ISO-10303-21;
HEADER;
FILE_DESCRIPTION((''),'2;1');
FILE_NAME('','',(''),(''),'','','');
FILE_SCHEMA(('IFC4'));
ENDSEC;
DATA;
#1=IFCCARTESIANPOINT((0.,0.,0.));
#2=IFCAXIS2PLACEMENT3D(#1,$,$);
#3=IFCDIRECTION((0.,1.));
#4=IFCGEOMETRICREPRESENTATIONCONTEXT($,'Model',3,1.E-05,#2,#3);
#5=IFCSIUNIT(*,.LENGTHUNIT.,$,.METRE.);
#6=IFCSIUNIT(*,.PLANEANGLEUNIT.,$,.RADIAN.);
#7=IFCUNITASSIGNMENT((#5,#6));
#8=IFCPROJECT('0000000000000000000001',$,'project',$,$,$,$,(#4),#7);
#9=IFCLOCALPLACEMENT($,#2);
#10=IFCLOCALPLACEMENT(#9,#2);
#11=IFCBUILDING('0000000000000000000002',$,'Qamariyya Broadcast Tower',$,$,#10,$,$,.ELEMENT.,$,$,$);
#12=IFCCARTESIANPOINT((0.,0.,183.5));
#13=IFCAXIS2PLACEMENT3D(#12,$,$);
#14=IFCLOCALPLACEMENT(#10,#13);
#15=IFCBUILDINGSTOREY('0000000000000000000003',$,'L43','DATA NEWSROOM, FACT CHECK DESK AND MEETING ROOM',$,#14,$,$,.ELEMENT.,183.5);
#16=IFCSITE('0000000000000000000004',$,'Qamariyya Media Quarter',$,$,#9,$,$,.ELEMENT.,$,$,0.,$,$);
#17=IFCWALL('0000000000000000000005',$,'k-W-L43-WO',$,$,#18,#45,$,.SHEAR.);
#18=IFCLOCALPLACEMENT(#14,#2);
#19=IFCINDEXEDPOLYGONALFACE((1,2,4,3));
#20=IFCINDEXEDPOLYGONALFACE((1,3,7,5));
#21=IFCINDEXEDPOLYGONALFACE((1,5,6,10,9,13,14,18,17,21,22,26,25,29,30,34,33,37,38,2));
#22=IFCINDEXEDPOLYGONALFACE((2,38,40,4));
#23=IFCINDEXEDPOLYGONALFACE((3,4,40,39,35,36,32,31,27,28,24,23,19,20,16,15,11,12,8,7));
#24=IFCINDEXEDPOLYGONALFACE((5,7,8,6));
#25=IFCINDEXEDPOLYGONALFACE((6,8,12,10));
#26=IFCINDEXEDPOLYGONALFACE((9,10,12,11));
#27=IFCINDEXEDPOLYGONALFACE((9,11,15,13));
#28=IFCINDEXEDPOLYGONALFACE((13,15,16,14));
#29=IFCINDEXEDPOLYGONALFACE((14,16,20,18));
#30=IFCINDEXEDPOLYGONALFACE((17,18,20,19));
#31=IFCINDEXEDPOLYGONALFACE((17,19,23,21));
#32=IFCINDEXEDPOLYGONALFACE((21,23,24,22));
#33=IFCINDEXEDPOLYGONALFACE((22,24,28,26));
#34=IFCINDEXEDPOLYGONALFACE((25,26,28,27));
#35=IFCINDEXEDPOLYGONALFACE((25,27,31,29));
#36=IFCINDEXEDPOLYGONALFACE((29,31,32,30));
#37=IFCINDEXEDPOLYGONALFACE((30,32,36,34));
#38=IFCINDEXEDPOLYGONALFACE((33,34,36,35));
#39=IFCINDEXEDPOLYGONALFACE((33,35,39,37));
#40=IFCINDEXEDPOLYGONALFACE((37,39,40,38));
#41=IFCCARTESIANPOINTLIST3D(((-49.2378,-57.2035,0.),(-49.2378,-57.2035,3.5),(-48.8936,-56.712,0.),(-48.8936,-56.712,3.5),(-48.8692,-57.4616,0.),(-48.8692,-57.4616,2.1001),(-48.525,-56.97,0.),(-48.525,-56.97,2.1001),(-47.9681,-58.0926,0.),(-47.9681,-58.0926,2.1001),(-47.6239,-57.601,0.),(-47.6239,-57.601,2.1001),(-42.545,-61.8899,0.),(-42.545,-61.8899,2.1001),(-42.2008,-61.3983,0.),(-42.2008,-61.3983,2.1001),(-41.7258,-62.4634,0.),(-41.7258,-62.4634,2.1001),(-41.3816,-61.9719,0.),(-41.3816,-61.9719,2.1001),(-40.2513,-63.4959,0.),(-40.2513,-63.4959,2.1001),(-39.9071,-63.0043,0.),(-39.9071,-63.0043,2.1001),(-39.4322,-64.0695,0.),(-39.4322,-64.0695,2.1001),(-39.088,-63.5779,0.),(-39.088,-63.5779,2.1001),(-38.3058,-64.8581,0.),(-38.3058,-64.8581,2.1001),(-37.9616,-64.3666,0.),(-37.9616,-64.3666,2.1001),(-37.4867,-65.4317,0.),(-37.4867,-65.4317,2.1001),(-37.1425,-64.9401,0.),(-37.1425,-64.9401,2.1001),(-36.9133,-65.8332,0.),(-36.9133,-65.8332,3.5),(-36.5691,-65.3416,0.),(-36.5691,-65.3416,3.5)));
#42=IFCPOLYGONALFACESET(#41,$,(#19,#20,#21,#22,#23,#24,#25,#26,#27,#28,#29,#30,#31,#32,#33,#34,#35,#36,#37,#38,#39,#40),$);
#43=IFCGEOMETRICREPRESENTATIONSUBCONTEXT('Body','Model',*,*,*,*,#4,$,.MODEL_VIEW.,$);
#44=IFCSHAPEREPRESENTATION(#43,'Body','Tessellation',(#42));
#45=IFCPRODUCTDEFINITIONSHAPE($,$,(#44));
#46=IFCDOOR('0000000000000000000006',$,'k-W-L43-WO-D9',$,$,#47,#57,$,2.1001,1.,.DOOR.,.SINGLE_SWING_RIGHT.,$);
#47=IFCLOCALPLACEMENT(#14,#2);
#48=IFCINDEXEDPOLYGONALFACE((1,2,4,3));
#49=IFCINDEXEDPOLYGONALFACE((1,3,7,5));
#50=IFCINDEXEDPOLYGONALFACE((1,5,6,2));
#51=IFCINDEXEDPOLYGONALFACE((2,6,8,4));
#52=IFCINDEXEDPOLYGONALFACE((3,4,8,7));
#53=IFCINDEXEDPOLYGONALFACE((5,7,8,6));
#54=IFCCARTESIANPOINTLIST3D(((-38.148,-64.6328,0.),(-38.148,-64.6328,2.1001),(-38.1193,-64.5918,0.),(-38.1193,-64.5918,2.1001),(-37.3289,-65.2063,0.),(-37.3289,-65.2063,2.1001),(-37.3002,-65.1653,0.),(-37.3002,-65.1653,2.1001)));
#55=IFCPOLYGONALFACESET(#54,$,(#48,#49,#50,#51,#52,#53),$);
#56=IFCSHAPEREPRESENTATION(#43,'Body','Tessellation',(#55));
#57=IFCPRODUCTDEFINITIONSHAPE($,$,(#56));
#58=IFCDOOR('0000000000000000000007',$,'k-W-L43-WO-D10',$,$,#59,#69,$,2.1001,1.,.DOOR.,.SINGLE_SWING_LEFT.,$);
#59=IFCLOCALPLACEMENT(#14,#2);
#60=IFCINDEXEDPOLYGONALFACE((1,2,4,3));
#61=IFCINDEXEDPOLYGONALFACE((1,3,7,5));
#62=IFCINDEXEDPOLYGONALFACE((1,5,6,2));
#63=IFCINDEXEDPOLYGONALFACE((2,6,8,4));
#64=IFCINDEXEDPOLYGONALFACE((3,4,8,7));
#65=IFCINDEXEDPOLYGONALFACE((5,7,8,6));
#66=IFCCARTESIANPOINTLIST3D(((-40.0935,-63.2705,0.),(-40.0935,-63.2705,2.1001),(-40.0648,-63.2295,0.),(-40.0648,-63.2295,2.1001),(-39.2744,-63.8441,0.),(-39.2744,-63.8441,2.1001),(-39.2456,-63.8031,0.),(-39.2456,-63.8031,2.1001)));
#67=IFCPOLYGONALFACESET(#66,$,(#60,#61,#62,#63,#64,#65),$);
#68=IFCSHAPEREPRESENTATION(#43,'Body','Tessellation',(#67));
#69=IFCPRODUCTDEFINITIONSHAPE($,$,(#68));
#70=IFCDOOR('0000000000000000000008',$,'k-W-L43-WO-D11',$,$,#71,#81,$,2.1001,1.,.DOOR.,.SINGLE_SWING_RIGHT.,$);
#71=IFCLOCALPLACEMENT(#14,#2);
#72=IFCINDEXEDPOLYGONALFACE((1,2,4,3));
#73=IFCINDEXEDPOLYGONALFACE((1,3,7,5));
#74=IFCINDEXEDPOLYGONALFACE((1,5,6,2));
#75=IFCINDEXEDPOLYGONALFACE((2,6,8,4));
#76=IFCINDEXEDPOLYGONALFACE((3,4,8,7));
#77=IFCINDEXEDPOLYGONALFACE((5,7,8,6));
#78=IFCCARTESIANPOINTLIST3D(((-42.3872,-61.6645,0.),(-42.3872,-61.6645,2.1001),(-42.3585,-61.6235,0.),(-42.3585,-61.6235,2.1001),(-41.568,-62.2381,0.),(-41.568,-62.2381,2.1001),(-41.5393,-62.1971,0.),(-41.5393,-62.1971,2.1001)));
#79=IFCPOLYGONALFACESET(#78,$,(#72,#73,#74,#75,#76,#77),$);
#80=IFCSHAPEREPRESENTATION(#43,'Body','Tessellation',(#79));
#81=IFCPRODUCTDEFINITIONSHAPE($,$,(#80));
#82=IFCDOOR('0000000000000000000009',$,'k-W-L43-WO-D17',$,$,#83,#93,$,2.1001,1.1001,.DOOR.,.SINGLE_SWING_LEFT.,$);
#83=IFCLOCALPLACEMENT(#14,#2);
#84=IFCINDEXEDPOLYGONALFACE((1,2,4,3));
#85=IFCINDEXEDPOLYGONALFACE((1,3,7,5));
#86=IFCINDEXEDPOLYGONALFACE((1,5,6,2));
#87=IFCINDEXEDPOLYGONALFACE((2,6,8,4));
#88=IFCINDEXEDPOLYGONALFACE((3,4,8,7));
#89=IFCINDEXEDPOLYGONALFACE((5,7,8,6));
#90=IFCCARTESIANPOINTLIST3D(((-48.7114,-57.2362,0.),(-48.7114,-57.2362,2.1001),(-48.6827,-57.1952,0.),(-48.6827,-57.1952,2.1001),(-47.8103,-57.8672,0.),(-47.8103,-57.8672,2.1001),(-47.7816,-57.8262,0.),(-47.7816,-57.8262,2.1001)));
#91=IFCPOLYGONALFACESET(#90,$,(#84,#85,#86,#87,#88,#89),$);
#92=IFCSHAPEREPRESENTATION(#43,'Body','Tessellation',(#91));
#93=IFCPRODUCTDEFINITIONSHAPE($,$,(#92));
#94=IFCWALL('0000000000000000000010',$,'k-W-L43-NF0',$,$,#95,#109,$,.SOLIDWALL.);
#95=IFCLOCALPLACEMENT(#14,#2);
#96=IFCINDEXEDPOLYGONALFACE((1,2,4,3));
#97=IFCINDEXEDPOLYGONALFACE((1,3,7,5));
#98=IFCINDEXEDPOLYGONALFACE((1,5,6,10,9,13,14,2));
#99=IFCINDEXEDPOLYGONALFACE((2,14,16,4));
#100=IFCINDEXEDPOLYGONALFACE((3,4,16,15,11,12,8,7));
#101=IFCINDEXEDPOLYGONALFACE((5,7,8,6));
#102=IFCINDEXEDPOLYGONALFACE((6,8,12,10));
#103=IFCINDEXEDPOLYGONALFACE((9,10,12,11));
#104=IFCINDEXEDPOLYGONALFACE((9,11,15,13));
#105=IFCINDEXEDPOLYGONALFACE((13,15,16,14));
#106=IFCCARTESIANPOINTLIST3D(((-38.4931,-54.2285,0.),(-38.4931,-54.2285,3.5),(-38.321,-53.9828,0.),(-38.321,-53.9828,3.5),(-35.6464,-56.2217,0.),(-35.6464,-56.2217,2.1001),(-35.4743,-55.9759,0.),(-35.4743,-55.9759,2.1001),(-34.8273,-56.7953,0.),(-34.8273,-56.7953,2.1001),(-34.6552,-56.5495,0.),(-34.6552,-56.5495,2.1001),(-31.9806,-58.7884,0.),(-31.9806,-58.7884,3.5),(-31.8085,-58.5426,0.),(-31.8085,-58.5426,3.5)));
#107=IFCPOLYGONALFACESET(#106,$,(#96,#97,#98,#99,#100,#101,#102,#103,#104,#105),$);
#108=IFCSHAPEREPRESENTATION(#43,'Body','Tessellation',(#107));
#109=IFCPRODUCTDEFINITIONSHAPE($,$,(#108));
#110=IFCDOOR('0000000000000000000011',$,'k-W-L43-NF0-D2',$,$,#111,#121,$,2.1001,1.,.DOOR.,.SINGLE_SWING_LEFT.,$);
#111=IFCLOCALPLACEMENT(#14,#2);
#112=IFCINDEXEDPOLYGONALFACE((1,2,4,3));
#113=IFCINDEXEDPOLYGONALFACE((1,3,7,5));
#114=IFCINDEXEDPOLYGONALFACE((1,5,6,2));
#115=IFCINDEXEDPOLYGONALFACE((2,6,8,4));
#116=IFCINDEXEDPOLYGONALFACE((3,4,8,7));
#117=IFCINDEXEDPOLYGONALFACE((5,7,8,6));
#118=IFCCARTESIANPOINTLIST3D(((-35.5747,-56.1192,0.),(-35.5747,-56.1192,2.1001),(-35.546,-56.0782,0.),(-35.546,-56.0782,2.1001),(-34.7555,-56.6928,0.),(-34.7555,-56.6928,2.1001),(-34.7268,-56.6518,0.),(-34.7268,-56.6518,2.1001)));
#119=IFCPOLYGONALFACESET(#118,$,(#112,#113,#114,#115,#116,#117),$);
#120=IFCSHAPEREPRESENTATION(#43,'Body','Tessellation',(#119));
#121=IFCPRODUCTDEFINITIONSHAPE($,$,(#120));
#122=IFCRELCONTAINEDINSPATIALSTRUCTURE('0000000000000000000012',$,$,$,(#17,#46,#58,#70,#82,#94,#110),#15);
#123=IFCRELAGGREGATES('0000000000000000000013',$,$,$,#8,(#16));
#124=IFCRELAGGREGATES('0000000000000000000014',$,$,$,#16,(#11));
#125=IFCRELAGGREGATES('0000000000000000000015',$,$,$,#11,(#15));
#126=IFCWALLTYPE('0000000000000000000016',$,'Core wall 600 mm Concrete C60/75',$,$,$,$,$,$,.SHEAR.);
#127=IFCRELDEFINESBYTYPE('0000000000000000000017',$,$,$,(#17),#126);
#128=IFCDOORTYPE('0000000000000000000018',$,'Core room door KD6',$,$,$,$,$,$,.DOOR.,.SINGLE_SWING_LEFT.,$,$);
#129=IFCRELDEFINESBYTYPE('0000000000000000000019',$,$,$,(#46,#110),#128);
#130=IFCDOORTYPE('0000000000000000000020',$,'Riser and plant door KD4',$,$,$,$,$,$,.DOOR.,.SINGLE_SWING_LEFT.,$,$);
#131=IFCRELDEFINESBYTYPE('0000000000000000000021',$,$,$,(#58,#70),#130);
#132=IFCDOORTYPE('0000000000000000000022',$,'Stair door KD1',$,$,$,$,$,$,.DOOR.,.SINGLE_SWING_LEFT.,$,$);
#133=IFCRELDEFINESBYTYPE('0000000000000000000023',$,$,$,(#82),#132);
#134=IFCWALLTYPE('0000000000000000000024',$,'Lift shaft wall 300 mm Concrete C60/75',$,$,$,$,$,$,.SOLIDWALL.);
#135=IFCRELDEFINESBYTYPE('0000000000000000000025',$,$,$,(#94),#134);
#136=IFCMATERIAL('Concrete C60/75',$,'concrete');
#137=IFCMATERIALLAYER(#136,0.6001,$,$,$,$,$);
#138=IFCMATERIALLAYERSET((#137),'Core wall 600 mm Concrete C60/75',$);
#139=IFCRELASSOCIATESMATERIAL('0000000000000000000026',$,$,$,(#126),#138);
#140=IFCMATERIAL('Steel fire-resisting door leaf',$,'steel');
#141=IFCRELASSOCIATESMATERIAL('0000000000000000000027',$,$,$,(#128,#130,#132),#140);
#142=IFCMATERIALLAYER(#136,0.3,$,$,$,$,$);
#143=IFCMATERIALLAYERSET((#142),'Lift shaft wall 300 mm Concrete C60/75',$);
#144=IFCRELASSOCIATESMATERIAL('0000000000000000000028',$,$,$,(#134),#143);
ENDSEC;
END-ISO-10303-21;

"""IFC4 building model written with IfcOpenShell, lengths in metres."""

from ifc_helpers import new_model, si_unit, direction, frame, frame_2d, origin, place, context, subcontext, project, spatial, rectangle, extrude, material, layer, layer_set, type_object, element, fill, save


model = new_model("IFC4")

# Units and contexts
model_context = context("Model", 3, precision=1e-05, world=origin(), true_north=direction((0.0, 1.0)))
body_context = subcontext(model_context, "Body", "Model", "MODEL_VIEW")
ifc_project = project(units=[si_unit("LENGTHUNIT", "METRE"), si_unit("PLANEANGLEUNIT", "RADIAN")], contexts=[model_context])

# Site, building, storey
site_placement = place(None, origin())
site = spatial("IfcSite", under=ifc_project, at=site_placement, Name="Qamariyya Media Quarter", CompositionType="ELEMENT", RefElevation=0.0)
building_placement = place(site_placement, origin())
building = spatial("IfcBuilding", under=site, at=building_placement, Name="Qamariyya Broadcast Tower", CompositionType="ELEMENT")
storey_placement = place(building_placement, frame((0.0, 0.0, 183.5)))
storey = spatial("IfcBuildingStorey", under=building, at=storey_placement, Name="L43", Description="DATA NEWSROOM, FACT CHECK DESK AND MEETING ROOM", CompositionType="ELEMENT", Elevation=183.5)

# Shared definitions
ifc_material_1 = material(Name="Concrete C60/75", Category="concrete")

# Shared definitions
ifc_layer_1 = layer(ifc_material_1, 0.6001)
ifc_layer_set_1 = layer_set([ifc_layer_1], Name="Core wall 600 mm Concrete C60/75")
wall_type_1 = type_object("IfcWallType", Name="Core wall 600 mm Concrete C60/75", PredefinedType="SHEAR", material=ifc_layer_set_1)
ifc_material_2 = material(Name="Steel fire-resisting door leaf", Category="steel")

# Wall, openings, doors
wall_1_placement = place(storey_placement, frame((-36.7412, -65.5874, 0.0), z_axis=(0.0, 0.0, 1.0), x_axis=(-0.819153, 0.573575, 0.0)))
wall_1 = element("IfcWall", 1, at=wall_1_placement, inside=storey, type_object=wall_type_1, Name="k-W-L43-WO", PredefinedType="SHEAR", context=body_context, shape_type="SweptSolid", body=[
    extrude(rectangle(XDim=15.0454, YDim=0.6001, at=frame_2d((7.5227, 0.0))), origin(), (0.0, 0.0, 1.0), 3.5),
])
opening_1_placement = place(wall_1_placement, frame((0.7, 0.0, 0.0)))
opening_1 = element("IfcOpeningElement", 2, at=opening_1_placement, cuts=wall_1, PredefinedType="OPENING", context=body_context, shape_type="SweptSolid", body=[
    extrude(rectangle(XDim=1.0, YDim=2.1001, at=frame_2d((0.5, 1.05))), frame((0.0, 0.3101, 0.0), z_axis=(0.0, -1.0, 0.0), x_axis=(1.0, 0.0, 0.0)), (0.0, 0.0, 1.0), 0.6201),
])
opening_2_placement = place(wall_1_placement, frame((3.075, 0.0, 0.0)))
opening_2 = element("IfcOpeningElement", 3, at=opening_2_placement, cuts=wall_1, PredefinedType="OPENING", context=body_context, shape_type="SweptSolid", body=[
    extrude(rectangle(XDim=1.0, YDim=2.1001, at=frame_2d((0.5, 1.05))), frame((0.0, 0.3101, 0.0), z_axis=(0.0, -1.0, 0.0), x_axis=(1.0, 0.0, 0.0)), (0.0, 0.0, 1.0), 0.6201),
])
opening_3_placement = place(wall_1_placement, frame((5.875, 0.0, 0.0)))
opening_3 = element("IfcOpeningElement", 4, at=opening_3_placement, cuts=wall_1, PredefinedType="OPENING", context=body_context, shape_type="SweptSolid", body=[
    extrude(rectangle(XDim=1.0, YDim=2.1001, at=frame_2d((0.5, 1.05))), frame((0.0, 0.3101, 0.0), z_axis=(0.0, -1.0, 0.0), x_axis=(1.0, 0.0, 0.0)), (0.0, 0.0, 1.0), 0.6201),
])
opening_4_placement = place(wall_1_placement, frame((13.4954, 0.0, 0.0)))
opening_4 = element("IfcOpeningElement", 5, at=opening_4_placement, cuts=wall_1, PredefinedType="OPENING", context=body_context, shape_type="SweptSolid", body=[
    extrude(rectangle(XDim=1.1001, YDim=2.1001, at=frame_2d((0.55, 1.05))), frame((0.0, 0.3101, 0.0), z_axis=(0.0, -1.0, 0.0), x_axis=(1.0, 0.0, 0.0)), (0.0, 0.0, 1.0), 0.6201),
])
door_type_1 = type_object("IfcDoorType", Name="Core room door KD6", OperationType="SINGLE_SWING_LEFT", PredefinedType="DOOR", material=ifc_material_2)
door_1_placement = place(opening_1_placement, origin())
door_1 = element("IfcDoor", 6, at=door_1_placement, inside=storey, type_object=door_type_1, Name="k-W-L43-WO-D9", OperationType="SINGLE_SWING_RIGHT", OverallHeight=2.1001, OverallWidth=1.0, PredefinedType="DOOR", context=body_context, shape_type="SweptSolid", body=[
    extrude(rectangle(XDim=1.0, YDim=2.1001, at=frame_2d((0.5, 1.05))), frame((0.0, 0.0249, 0.0), z_axis=(0.0, -1.0, 0.0), x_axis=(1.0, 0.0, 0.0)), (0.0, 0.0, 1.0), 0.05),
])
fill(opening_1, door_1)
door_type_2 = type_object("IfcDoorType", Name="Riser and plant door KD4", OperationType="SINGLE_SWING_LEFT", PredefinedType="DOOR", material=ifc_material_2)
door_2_placement = place(opening_2_placement, origin())
door_2 = element("IfcDoor", 7, at=door_2_placement, inside=storey, type_object=door_type_2, Name="k-W-L43-WO-D10", OperationType="SINGLE_SWING_LEFT", OverallHeight=2.1001, OverallWidth=1.0, PredefinedType="DOOR", context=body_context, shape_type="SweptSolid", body=[
    extrude(rectangle(XDim=1.0, YDim=2.1001, at=frame_2d((0.5, 1.05))), frame((0.0, 0.0249, 0.0), z_axis=(0.0, -1.0, 0.0), x_axis=(1.0, 0.0, 0.0)), (0.0, 0.0, 1.0), 0.05),
])
fill(opening_2, door_2)
door_3_placement = place(opening_3_placement, origin())
door_3 = element("IfcDoor", 8, at=door_3_placement, inside=storey, type_object=door_type_2, Name="k-W-L43-WO-D11", OperationType="SINGLE_SWING_RIGHT", OverallHeight=2.1001, OverallWidth=1.0, PredefinedType="DOOR", context=body_context, shape_type="SweptSolid", body=[
    extrude(rectangle(XDim=1.0, YDim=2.1001, at=frame_2d((0.5, 1.05))), frame((0.0, 0.0249, 0.0), z_axis=(0.0, -1.0, 0.0), x_axis=(1.0, 0.0, 0.0)), (0.0, 0.0, 1.0), 0.05),
])
fill(opening_3, door_3)
door_type_3 = type_object("IfcDoorType", Name="Stair door KD1", OperationType="SINGLE_SWING_LEFT", PredefinedType="DOOR", material=ifc_material_2)
door_4_placement = place(opening_4_placement, origin())
door_4 = element("IfcDoor", 9, at=door_4_placement, inside=storey, type_object=door_type_3, Name="k-W-L43-WO-D17", OperationType="SINGLE_SWING_LEFT", OverallHeight=2.1001, OverallWidth=1.1001, PredefinedType="DOOR", context=body_context, shape_type="SweptSolid", body=[
    extrude(rectangle(XDim=1.1001, YDim=2.1001, at=frame_2d((0.55, 1.05))), frame((0.0, 0.0249, 0.0), z_axis=(0.0, -1.0, 0.0), x_axis=(1.0, 0.0, 0.0)), (0.0, 0.0, 1.0), 0.05),
])
fill(opening_4, door_4)

# Wall, opening, door
ifc_layer_2 = layer(ifc_material_1, 0.3)
ifc_layer_set_2 = layer_set([ifc_layer_2], Name="Lift shaft wall 300 mm Concrete C60/75")
wall_type_2 = type_object("IfcWallType", Name="Lift shaft wall 300 mm Concrete C60/75", PredefinedType="SOLIDWALL", material=ifc_layer_set_2)
wall_2_placement = place(storey_placement, frame((-31.8945, -58.6655, 0.0), z_axis=(0.0, 0.0, 1.0), x_axis=(-0.819167, 0.573555, 0.0)))
wall_2 = element("IfcWall", 10, at=wall_2_placement, inside=storey, type_object=wall_type_2, Name="k-W-L43-NF0", PredefinedType="SOLIDWALL", context=body_context, shape_type="SweptSolid", body=[
    extrude(rectangle(XDim=7.9502, YDim=0.3, at=frame_2d((3.9751, 0.0))), origin(), (0.0, 0.0, 1.0), 3.5),
])
opening_5_placement = place(wall_2_placement, frame((3.4751, 0.0, 0.0)))
opening_5 = element("IfcOpeningElement", 11, at=opening_5_placement, cuts=wall_2, PredefinedType="OPENING", context=body_context, shape_type="SweptSolid", body=[
    extrude(rectangle(XDim=1.0, YDim=2.1001, at=frame_2d((0.5, 1.05))), frame((0.0, 0.1599, 0.0), z_axis=(0.0, -1.0, 0.0), x_axis=(1.0, 0.0, 0.0)), (0.0, 0.0, 1.0), 0.3201),
])
door_5_placement = place(opening_5_placement, origin())
door_5 = element("IfcDoor", 12, at=door_5_placement, inside=storey, type_object=door_type_1, Name="k-W-L43-NF0-D2", OperationType="SINGLE_SWING_LEFT", OverallHeight=2.1001, OverallWidth=1.0, PredefinedType="DOOR", context=body_context, shape_type="SweptSolid", body=[
    extrude(rectangle(XDim=1.0, YDim=2.1001, at=frame_2d((0.5, 1.05))), frame((0.0, 0.0249, 0.0), z_axis=(0.0, -1.0, 0.0), x_axis=(1.0, 0.0, 0.0)), (0.0, 0.0, 1.0), 0.05),
])
fill(opening_5, door_5)

save(model, "model.ifc")
